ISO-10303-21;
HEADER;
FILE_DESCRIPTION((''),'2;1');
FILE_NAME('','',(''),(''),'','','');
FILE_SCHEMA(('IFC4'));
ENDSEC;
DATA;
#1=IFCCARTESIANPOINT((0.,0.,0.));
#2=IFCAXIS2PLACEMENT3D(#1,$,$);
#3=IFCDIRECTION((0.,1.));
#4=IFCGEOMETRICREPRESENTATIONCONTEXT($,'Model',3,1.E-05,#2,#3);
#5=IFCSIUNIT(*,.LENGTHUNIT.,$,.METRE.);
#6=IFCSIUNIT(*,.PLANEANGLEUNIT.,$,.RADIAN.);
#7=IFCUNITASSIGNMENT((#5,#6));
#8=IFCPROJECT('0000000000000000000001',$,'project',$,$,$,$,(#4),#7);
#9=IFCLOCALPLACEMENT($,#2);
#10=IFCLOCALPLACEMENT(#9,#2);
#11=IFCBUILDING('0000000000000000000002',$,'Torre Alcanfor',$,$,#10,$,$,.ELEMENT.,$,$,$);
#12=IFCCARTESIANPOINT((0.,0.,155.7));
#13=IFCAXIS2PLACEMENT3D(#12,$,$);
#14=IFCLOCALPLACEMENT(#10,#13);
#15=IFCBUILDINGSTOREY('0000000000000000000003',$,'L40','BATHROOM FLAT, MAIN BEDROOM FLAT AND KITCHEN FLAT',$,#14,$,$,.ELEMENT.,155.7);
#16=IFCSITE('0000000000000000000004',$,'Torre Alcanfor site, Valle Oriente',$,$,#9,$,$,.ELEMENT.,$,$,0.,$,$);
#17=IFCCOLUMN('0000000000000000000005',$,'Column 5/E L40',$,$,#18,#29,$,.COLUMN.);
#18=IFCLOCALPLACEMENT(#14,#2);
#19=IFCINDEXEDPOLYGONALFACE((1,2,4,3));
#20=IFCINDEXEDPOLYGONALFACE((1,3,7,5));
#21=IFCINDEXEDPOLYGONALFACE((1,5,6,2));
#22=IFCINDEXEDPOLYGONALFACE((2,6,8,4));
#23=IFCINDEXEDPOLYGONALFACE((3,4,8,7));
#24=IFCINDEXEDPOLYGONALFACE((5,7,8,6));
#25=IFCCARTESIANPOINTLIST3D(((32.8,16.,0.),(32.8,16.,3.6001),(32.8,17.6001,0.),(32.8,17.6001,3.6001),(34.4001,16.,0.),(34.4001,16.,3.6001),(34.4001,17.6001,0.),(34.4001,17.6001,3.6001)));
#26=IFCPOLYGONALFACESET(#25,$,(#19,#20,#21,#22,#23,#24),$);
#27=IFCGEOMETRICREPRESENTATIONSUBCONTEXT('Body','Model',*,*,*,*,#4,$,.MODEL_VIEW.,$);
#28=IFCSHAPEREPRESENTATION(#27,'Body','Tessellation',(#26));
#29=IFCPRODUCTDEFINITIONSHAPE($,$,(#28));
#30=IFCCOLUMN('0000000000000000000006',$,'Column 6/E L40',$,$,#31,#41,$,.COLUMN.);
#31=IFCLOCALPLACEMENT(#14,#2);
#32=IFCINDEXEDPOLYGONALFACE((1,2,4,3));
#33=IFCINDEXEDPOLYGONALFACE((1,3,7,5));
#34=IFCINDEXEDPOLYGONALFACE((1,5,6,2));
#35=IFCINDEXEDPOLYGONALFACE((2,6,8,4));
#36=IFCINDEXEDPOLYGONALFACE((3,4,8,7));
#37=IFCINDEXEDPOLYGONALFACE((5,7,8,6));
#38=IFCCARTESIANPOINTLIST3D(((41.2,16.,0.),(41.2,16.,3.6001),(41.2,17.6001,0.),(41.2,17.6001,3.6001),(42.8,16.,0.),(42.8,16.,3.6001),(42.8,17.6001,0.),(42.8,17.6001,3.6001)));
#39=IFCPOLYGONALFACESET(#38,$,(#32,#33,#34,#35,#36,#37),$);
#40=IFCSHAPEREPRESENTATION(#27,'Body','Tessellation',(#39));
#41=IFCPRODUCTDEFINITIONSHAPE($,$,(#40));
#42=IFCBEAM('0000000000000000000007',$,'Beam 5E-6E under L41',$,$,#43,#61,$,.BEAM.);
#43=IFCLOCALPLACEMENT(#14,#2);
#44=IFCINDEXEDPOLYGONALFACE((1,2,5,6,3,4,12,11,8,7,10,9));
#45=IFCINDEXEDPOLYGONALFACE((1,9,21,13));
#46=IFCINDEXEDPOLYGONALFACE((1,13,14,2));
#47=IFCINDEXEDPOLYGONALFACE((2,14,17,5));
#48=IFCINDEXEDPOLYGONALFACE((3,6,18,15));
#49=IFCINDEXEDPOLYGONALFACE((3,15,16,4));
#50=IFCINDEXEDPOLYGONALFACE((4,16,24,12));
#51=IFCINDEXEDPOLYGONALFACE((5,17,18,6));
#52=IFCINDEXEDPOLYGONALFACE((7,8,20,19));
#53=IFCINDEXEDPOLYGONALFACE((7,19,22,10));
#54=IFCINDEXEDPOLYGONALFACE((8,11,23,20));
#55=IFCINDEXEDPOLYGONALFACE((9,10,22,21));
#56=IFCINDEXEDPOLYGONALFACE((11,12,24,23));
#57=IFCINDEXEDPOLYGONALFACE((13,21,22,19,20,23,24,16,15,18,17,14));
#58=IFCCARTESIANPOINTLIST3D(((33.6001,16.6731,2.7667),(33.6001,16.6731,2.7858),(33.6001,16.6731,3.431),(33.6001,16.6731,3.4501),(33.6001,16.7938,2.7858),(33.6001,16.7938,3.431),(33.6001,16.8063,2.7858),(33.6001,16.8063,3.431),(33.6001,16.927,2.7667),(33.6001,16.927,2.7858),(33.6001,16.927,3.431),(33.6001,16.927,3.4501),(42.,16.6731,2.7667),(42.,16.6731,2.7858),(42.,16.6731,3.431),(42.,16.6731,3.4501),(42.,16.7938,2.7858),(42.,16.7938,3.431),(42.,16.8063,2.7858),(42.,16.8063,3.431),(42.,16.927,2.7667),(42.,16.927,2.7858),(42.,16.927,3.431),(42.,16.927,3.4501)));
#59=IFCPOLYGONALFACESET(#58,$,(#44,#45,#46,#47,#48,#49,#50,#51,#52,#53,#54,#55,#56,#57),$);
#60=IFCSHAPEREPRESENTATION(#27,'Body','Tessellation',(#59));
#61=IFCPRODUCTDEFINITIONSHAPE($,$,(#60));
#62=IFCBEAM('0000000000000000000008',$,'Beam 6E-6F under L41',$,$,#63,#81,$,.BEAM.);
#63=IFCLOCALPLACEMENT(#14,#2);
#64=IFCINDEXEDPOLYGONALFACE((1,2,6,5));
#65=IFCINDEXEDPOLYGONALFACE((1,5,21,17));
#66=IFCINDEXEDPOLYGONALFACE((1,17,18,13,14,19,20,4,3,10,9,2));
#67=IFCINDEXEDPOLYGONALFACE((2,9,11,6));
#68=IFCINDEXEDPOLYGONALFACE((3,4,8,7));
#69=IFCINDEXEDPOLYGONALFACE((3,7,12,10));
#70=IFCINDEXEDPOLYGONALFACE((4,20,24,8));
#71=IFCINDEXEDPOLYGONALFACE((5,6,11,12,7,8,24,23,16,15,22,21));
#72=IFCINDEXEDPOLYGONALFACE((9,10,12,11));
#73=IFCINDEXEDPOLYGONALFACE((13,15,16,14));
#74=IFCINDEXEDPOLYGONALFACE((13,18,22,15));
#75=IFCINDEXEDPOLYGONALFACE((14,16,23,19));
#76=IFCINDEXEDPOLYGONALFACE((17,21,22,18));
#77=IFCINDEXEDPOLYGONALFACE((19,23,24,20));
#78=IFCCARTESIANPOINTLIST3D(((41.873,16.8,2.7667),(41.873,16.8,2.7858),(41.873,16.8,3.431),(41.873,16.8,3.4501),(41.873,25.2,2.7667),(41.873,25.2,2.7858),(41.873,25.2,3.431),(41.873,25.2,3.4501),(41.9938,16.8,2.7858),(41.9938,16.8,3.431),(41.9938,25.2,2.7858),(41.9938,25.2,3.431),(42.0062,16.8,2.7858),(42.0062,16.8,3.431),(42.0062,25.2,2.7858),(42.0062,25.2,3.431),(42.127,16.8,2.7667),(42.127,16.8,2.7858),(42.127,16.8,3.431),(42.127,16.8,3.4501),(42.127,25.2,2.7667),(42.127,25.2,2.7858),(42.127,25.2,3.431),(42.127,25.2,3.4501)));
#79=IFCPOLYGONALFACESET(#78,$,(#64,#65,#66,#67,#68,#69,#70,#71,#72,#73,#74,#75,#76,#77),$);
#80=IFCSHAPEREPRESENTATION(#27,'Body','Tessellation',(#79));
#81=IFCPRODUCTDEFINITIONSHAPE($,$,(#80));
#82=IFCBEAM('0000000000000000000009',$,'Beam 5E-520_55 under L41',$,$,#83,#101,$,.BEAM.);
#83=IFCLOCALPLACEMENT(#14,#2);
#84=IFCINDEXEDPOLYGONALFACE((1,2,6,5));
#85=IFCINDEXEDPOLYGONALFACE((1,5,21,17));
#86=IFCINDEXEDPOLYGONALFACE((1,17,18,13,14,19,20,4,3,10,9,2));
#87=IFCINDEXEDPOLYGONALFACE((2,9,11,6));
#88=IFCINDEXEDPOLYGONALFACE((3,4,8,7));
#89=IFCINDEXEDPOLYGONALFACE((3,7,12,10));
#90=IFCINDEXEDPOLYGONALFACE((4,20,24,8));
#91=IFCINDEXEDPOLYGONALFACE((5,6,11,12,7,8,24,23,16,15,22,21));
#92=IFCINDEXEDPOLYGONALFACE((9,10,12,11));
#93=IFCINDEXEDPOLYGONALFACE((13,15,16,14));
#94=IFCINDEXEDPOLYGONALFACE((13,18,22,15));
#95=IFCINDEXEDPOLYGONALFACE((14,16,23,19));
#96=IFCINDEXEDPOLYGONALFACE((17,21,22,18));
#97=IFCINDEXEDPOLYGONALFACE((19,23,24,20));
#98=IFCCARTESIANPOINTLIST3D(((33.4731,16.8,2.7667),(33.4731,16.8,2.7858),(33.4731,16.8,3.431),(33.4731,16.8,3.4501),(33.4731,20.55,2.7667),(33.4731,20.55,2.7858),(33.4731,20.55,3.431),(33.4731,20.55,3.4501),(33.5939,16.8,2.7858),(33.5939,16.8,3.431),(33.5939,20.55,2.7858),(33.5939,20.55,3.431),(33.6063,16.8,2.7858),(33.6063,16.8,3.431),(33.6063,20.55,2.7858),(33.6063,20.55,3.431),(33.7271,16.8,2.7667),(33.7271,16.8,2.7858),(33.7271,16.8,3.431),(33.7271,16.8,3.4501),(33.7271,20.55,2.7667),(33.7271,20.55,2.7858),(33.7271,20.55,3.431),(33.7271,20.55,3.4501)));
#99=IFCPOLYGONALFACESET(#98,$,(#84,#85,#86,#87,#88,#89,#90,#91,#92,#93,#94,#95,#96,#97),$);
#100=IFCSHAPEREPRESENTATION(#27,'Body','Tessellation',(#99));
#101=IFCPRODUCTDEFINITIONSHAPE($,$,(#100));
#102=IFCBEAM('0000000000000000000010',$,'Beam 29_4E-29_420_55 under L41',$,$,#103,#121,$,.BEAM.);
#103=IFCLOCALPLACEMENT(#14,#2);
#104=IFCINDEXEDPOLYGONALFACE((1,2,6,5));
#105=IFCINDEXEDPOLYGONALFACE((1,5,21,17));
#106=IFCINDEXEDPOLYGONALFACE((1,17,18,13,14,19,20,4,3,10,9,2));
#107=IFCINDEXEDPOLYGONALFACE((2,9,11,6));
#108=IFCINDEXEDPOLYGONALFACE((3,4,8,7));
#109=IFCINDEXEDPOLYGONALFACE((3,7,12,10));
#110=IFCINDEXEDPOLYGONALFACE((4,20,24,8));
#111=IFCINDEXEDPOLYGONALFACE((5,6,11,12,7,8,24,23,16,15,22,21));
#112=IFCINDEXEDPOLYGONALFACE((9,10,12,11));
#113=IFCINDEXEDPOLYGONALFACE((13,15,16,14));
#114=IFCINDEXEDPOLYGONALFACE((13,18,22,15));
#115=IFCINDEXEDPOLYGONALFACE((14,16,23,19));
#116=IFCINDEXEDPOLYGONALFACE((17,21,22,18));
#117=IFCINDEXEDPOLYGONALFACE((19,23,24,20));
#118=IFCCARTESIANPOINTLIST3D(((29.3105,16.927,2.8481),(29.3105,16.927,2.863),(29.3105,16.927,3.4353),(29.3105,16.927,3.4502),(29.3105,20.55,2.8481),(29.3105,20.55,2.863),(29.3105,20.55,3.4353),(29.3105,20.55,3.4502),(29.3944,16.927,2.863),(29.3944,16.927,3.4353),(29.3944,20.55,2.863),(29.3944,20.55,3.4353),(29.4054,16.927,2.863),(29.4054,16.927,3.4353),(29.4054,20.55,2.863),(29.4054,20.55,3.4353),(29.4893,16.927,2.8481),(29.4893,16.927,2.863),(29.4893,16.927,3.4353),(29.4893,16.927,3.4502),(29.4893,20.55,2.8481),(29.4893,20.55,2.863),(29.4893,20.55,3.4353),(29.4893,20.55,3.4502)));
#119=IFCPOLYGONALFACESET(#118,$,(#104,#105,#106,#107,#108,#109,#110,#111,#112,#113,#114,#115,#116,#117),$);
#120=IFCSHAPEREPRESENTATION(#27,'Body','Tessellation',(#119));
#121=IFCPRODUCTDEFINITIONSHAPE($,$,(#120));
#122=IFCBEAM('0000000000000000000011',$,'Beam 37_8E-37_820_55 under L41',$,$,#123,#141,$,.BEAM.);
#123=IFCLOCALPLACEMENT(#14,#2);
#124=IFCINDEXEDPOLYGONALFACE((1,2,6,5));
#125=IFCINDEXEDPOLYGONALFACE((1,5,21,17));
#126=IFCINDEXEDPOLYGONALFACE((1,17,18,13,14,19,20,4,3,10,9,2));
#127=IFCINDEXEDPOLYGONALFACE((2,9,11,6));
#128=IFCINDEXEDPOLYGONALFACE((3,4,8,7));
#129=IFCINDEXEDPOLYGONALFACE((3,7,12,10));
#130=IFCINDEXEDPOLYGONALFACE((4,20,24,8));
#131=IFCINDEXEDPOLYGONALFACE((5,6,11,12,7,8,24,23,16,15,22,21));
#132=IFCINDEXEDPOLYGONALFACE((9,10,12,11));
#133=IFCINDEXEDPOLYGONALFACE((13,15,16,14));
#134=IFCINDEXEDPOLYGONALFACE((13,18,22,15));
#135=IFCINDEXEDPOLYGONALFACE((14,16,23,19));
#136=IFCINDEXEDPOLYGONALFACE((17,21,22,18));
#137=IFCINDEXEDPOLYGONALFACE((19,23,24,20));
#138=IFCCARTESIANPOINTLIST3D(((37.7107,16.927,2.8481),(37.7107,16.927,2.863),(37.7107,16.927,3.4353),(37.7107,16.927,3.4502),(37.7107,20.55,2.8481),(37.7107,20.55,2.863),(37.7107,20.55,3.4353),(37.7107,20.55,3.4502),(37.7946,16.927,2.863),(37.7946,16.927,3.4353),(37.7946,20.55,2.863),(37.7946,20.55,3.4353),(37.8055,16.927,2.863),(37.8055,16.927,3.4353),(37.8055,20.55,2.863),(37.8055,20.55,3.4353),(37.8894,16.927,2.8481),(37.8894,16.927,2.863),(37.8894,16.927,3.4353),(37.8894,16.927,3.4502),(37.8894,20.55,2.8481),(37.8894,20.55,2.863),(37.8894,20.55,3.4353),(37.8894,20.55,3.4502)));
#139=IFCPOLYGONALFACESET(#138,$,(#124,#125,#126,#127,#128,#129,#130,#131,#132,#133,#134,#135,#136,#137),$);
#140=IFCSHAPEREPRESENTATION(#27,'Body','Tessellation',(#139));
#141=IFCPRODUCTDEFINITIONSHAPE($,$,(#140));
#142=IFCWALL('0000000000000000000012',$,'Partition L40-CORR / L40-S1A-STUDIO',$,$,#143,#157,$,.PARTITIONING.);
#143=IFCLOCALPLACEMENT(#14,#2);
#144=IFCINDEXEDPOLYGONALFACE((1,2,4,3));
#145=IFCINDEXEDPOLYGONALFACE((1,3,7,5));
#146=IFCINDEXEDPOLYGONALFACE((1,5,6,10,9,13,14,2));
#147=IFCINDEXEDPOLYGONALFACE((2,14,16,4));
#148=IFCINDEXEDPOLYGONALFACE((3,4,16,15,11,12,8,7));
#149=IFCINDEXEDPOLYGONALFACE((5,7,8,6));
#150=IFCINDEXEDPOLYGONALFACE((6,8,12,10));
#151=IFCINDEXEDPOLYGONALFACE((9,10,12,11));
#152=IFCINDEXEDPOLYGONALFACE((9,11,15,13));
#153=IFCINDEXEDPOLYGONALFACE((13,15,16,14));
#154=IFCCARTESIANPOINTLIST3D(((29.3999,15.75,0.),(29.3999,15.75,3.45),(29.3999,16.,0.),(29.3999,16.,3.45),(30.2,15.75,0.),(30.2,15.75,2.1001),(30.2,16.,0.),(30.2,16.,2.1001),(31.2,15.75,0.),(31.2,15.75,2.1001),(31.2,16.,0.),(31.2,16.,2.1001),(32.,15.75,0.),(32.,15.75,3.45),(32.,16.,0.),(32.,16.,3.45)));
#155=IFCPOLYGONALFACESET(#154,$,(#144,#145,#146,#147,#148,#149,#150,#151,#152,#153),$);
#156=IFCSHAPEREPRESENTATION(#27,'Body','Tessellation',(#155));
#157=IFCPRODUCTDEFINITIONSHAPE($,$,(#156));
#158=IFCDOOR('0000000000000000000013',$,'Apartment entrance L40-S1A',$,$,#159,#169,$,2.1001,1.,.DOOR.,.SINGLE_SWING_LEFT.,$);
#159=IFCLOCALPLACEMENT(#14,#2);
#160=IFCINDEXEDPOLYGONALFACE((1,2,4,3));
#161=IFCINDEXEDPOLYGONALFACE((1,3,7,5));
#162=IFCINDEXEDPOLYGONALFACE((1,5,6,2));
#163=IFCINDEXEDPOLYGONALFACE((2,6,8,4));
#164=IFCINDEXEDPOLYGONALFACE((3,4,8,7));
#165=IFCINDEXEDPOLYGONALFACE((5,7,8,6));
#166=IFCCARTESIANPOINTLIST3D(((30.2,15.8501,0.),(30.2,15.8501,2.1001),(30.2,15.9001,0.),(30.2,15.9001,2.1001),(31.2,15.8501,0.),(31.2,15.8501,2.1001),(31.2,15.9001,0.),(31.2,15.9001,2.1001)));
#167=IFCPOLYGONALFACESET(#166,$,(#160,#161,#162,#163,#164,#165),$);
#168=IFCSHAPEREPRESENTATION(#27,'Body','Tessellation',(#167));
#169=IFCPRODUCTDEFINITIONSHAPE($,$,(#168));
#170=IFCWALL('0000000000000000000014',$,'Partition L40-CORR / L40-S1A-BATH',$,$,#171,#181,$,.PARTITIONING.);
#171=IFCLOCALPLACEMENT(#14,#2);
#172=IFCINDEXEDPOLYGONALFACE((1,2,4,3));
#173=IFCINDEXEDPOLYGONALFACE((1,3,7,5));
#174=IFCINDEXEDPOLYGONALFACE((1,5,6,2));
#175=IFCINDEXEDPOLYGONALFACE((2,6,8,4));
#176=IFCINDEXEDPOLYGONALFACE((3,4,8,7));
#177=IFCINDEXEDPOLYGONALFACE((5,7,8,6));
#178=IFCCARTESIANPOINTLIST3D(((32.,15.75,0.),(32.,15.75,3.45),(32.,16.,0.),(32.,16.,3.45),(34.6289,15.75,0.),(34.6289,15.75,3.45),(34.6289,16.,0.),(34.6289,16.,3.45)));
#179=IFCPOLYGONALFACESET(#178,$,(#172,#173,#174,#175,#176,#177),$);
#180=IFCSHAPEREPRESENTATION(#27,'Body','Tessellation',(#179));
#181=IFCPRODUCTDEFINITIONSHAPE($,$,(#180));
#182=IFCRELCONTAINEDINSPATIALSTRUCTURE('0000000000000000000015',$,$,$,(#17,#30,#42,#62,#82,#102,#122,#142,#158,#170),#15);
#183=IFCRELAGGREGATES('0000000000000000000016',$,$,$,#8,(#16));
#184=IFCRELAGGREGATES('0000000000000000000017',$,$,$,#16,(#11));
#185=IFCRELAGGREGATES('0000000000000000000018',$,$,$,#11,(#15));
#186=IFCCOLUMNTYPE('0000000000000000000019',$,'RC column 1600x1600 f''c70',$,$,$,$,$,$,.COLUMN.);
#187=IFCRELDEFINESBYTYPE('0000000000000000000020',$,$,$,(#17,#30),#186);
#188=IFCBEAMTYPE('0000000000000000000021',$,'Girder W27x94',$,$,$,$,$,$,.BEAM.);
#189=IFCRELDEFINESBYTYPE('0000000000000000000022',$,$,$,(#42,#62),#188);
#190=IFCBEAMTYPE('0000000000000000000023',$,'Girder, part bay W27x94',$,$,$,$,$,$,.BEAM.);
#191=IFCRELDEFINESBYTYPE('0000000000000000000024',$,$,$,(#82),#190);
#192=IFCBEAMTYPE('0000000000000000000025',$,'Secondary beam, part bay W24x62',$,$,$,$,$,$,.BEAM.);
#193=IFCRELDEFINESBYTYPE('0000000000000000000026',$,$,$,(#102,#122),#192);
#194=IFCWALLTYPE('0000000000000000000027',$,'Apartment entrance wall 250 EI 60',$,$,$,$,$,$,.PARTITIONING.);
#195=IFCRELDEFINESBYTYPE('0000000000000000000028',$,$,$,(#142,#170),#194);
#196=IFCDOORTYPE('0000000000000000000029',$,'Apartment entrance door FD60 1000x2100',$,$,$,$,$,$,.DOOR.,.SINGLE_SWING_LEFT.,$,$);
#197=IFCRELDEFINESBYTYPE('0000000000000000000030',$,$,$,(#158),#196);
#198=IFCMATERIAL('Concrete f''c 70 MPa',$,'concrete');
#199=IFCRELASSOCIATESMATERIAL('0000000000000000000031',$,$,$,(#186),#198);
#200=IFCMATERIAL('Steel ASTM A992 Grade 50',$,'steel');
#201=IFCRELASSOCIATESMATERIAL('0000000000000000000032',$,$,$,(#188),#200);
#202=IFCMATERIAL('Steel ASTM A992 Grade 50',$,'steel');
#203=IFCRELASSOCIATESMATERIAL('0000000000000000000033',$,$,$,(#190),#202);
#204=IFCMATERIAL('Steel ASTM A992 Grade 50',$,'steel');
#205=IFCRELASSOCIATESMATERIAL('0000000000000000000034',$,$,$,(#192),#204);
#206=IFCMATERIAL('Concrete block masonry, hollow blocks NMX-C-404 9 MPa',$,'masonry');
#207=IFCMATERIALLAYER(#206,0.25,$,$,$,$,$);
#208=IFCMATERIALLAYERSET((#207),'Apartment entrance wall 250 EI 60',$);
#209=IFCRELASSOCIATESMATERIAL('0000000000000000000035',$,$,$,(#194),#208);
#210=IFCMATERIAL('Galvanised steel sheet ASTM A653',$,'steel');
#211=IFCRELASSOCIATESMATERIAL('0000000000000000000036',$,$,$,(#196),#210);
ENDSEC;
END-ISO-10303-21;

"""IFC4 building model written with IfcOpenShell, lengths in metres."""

from ifc_helpers import new_model, si_unit, direction, frame, frame_2d, origin, origin_2d, place, context, subcontext, project, spatial, rectangle, i_section, extrude, material, layer, layer_set, material_profile, profile_set, type_object, element, fill, save


model = new_model("IFC4")

# Units and contexts
model_context = context("Model", 3, precision=1e-05, world=origin(), true_north=direction((0.0, 1.0)))
body_context = subcontext(model_context, "Body", "Model", "MODEL_VIEW")
ifc_project = project(units=[si_unit("LENGTHUNIT", "METRE"), si_unit("PLANEANGLEUNIT", "RADIAN")], contexts=[model_context])

# Site, building, storey
site_placement = place(None, origin())
site = spatial("IfcSite", under=ifc_project, at=site_placement, Name="Torre Alcanfor site, Valle Oriente", CompositionType="ELEMENT", RefElevation=0.0)
building_placement = place(site_placement, origin())
building = spatial("IfcBuilding", under=site, at=building_placement, Name="Torre Alcanfor", CompositionType="ELEMENT")
storey_placement = place(building_placement, frame((0.0, 0.0, 155.7)))
storey = spatial("IfcBuildingStorey", under=building, at=storey_placement, Name="L40", Description="BATHROOM FLAT, MAIN BEDROOM FLAT AND KITCHEN FLAT", CompositionType="ELEMENT", Elevation=155.7)

# Columns
ifc_material_1 = material(Name="Concrete f'c 70 MPa", Category="concrete")
ifc_material_profile_1 = material_profile(ifc_material_1, rectangle(XDim=1.6001, YDim=1.6001, at=origin_2d()), Name="1600x1600")
ifc_profile_set_1 = profile_set([ifc_material_profile_1], Name="Concrete f'c 70 MPa")
column_type = type_object("IfcColumnType", Name="RC column 1600x1600 f'c70", PredefinedType="COLUMN", material=ifc_profile_set_1)
for number, where, z_axis, x_axis, name in (
    (1, (33.6001, 16.8, 0.0), (0.0, 0.0, 1.0), (1.0, 0.0, 0.0), "Column 5/E L40"),
    (2, (42.0, 16.8, 0.0), (0.0, 0.0, 1.0), (1.0, 0.0, 0.0), "Column 6/E L40"),
):
    element("IfcColumn", number, at=place(storey_placement, frame(where, z_axis=z_axis, x_axis=x_axis)), inside=storey, type_object=column_type, Name=name, PredefinedType="COLUMN", context=body_context, shape_type="SweptSolid", body=[
        extrude(rectangle(XDim=1.6001, YDim=1.6001, at=origin_2d()), origin(), (0.0, 0.0, 1.0), 3.6001),
    ])

# Beams
ifc_material_2 = material(Name="Steel ASTM A992 Grade 50", Category="steel")
ifc_material_profile_2 = material_profile(ifc_material_2, i_section(OverallWidth=0.2539, OverallDepth=0.6833, WebThickness=0.0125, FlangeThickness=0.019, at=origin_2d()), Name="W27x94")
ifc_profile_set_2 = profile_set([ifc_material_profile_2], Name="Steel ASTM A992 Grade 50")
beam_type_1 = type_object("IfcBeamType", Name="Girder W27x94", PredefinedType="BEAM", material=ifc_profile_set_2)
for number, where, z_axis, x_axis, name in (
    (3, (33.6001, 16.8, 3.1084), (1.0, 0.0, 0.0), (0.0, 1.0, 0.0), "Beam 5E-6E under L41"),
    (4, (42.0, 16.8, 3.1084), (0.0, 1.0, 0.0), (-1.0, 0.0, 0.0), "Beam 6E-6F under L41"),
):
    element("IfcBeam", number, at=place(storey_placement, frame(where, z_axis=z_axis, x_axis=x_axis)), inside=storey, type_object=beam_type_1, Name=name, PredefinedType="BEAM", context=body_context, shape_type="SweptSolid", body=[
        extrude(i_section(OverallWidth=0.2539, OverallDepth=0.6833, WebThickness=0.0125, FlangeThickness=0.019, at=origin_2d()), origin(), (0.0, 0.0, 1.0), 8.3999),
    ])
ifc_material_3 = material(Name="Steel ASTM A992 Grade 50", Category="steel")
ifc_material_profile_3 = material_profile(ifc_material_3, i_section(OverallWidth=0.2539, OverallDepth=0.6833, WebThickness=0.0125, FlangeThickness=0.019, at=origin_2d()), Name="W27x94")
ifc_profile_set_3 = profile_set([ifc_material_profile_3], Name="Steel ASTM A992 Grade 50")
beam_type_2 = type_object("IfcBeamType", Name="Girder, part bay W27x94", PredefinedType="BEAM", material=ifc_profile_set_3)
beam_placement = place(storey_placement, frame((33.6001, 16.8, 3.1084), z_axis=(0.0, 1.0, 0.0), x_axis=(-1.0, 0.0, 0.0)))
element("IfcBeam", 5, at=beam_placement, inside=storey, type_object=beam_type_2, Name="Beam 5E-520_55 under L41", PredefinedType="BEAM", context=body_context, shape_type="SweptSolid", body=[
    extrude(i_section(OverallWidth=0.2539, OverallDepth=0.6833, WebThickness=0.0125, FlangeThickness=0.019, at=origin_2d()), origin(), (0.0, 0.0, 1.0), 3.75),
])
ifc_material_4 = material(Name="Steel ASTM A992 Grade 50", Category="steel")
ifc_material_profile_4 = material_profile(ifc_material_4, i_section(OverallWidth=0.1787, OverallDepth=0.6021, WebThickness=0.011, FlangeThickness=0.0149, at=origin_2d()), Name="W24x62")
ifc_profile_set_4 = profile_set([ifc_material_profile_4], Name="Steel ASTM A992 Grade 50")
beam_type_3 = type_object("IfcBeamType", Name="Secondary beam, part bay W24x62", PredefinedType="BEAM", material=ifc_profile_set_4)
for number, where, z_axis, x_axis, name in (
    (6, (29.3999, 16.927, 3.1492), (0.0, 1.0, 0.0), (-1.0, 0.0, 0.0), "Beam 29_4E-29_420_55 under L41"),
    (7, (37.8, 16.927, 3.1492), (0.0, 1.0, 0.0), (-1.0, 0.0, 0.0), "Beam 37_8E-37_820_55 under L41"),
):
    element("IfcBeam", number, at=place(storey_placement, frame(where, z_axis=z_axis, x_axis=x_axis)), inside=storey, type_object=beam_type_3, Name=name, PredefinedType="BEAM", context=body_context, shape_type="SweptSolid", body=[
        extrude(i_section(OverallWidth=0.1787, OverallDepth=0.6021, WebThickness=0.011, FlangeThickness=0.0149, at=origin_2d()), origin(), (0.0, 0.0, 1.0), 3.623),
    ])

# Wall, opening, door
ifc_material_5 = material(Name="Concrete block masonry, hollow blocks NMX-C-404 9 MPa", Category="masonry")
ifc_layer_1 = layer(ifc_material_5, 0.25)
ifc_layer_set_1 = layer_set([ifc_layer_1], Name="Apartment entrance wall 250 EI 60")
wall_type_1 = type_object("IfcWallType", Name="Apartment entrance wall 250 EI 60", PredefinedType="PARTITIONING", material=ifc_layer_set_1)
wall_1_placement = place(storey_placement, frame((32.0, 15.875, 0.0), z_axis=(0.0, 0.0, 1.0), x_axis=(-1.0, 0.0, 0.0)))
wall_1 = element("IfcWall", 8, at=wall_1_placement, inside=storey, type_object=wall_type_1, Name="Partition L40-CORR / L40-S1A-STUDIO", PredefinedType="PARTITIONING", context=body_context, shape_type="SweptSolid", body=[
    extrude(rectangle(XDim=2.6001, YDim=0.25, at=frame_2d((1.3, 0.0))), origin(), (0.0, 0.0, 1.0), 3.45),
])
opening_1_placement = place(wall_1_placement, frame((0.8, 0.0, 0.0)))
opening_1 = element("IfcOpeningElement", 9, at=opening_1_placement, cuts=wall_1, PredefinedType="OPENING", context=body_context, shape_type="SweptSolid", body=[
    extrude(rectangle(XDim=1.0, YDim=2.1001, at=frame_2d((0.5, 1.05))), frame((0.0, 0.135, 0.0), z_axis=(0.0, -1.0, 0.0), x_axis=(1.0, 0.0, 0.0)), (0.0, 0.0, 1.0), 0.27),
])
ifc_material_6 = material(Name="Galvanised steel sheet ASTM A653", Category="steel")
door_type_1 = type_object("IfcDoorType", Name="Apartment entrance door FD60 1000x2100", OperationType="SINGLE_SWING_LEFT", PredefinedType="DOOR", material=ifc_material_6)
door_1_placement = place(opening_1_placement, origin())
door_1 = element("IfcDoor", 10, at=door_1_placement, inside=storey, type_object=door_type_1, Name="Apartment entrance L40-S1A", OperationType="SINGLE_SWING_LEFT", OverallHeight=2.1001, OverallWidth=1.0, PredefinedType="DOOR", context=body_context, shape_type="SweptSolid", body=[
    extrude(rectangle(XDim=1.0, YDim=2.1001, at=frame_2d((0.5, 1.05))), frame((0.0, 0.0249, 0.0), z_axis=(0.0, -1.0, 0.0), x_axis=(1.0, 0.0, 0.0)), (0.0, 0.0, 1.0), 0.05),
])
fill(opening_1, door_1)

# Wall
wall_2_placement = place(storey_placement, frame((34.6289, 15.875, 0.0), z_axis=(0.0, 0.0, 1.0), x_axis=(-1.0, 0.0, 0.0)))
element("IfcWall", 11, at=wall_2_placement, inside=storey, type_object=wall_type_1, Name="Partition L40-CORR / L40-S1A-BATH", PredefinedType="PARTITIONING", context=body_context, shape_type="SweptSolid", body=[
    extrude(rectangle(XDim=2.6289, YDim=0.25, at=frame_2d((1.3145, 0.0))), origin(), (0.0, 0.0, 1.0), 3.45),
])

save(model, "model.ifc")
